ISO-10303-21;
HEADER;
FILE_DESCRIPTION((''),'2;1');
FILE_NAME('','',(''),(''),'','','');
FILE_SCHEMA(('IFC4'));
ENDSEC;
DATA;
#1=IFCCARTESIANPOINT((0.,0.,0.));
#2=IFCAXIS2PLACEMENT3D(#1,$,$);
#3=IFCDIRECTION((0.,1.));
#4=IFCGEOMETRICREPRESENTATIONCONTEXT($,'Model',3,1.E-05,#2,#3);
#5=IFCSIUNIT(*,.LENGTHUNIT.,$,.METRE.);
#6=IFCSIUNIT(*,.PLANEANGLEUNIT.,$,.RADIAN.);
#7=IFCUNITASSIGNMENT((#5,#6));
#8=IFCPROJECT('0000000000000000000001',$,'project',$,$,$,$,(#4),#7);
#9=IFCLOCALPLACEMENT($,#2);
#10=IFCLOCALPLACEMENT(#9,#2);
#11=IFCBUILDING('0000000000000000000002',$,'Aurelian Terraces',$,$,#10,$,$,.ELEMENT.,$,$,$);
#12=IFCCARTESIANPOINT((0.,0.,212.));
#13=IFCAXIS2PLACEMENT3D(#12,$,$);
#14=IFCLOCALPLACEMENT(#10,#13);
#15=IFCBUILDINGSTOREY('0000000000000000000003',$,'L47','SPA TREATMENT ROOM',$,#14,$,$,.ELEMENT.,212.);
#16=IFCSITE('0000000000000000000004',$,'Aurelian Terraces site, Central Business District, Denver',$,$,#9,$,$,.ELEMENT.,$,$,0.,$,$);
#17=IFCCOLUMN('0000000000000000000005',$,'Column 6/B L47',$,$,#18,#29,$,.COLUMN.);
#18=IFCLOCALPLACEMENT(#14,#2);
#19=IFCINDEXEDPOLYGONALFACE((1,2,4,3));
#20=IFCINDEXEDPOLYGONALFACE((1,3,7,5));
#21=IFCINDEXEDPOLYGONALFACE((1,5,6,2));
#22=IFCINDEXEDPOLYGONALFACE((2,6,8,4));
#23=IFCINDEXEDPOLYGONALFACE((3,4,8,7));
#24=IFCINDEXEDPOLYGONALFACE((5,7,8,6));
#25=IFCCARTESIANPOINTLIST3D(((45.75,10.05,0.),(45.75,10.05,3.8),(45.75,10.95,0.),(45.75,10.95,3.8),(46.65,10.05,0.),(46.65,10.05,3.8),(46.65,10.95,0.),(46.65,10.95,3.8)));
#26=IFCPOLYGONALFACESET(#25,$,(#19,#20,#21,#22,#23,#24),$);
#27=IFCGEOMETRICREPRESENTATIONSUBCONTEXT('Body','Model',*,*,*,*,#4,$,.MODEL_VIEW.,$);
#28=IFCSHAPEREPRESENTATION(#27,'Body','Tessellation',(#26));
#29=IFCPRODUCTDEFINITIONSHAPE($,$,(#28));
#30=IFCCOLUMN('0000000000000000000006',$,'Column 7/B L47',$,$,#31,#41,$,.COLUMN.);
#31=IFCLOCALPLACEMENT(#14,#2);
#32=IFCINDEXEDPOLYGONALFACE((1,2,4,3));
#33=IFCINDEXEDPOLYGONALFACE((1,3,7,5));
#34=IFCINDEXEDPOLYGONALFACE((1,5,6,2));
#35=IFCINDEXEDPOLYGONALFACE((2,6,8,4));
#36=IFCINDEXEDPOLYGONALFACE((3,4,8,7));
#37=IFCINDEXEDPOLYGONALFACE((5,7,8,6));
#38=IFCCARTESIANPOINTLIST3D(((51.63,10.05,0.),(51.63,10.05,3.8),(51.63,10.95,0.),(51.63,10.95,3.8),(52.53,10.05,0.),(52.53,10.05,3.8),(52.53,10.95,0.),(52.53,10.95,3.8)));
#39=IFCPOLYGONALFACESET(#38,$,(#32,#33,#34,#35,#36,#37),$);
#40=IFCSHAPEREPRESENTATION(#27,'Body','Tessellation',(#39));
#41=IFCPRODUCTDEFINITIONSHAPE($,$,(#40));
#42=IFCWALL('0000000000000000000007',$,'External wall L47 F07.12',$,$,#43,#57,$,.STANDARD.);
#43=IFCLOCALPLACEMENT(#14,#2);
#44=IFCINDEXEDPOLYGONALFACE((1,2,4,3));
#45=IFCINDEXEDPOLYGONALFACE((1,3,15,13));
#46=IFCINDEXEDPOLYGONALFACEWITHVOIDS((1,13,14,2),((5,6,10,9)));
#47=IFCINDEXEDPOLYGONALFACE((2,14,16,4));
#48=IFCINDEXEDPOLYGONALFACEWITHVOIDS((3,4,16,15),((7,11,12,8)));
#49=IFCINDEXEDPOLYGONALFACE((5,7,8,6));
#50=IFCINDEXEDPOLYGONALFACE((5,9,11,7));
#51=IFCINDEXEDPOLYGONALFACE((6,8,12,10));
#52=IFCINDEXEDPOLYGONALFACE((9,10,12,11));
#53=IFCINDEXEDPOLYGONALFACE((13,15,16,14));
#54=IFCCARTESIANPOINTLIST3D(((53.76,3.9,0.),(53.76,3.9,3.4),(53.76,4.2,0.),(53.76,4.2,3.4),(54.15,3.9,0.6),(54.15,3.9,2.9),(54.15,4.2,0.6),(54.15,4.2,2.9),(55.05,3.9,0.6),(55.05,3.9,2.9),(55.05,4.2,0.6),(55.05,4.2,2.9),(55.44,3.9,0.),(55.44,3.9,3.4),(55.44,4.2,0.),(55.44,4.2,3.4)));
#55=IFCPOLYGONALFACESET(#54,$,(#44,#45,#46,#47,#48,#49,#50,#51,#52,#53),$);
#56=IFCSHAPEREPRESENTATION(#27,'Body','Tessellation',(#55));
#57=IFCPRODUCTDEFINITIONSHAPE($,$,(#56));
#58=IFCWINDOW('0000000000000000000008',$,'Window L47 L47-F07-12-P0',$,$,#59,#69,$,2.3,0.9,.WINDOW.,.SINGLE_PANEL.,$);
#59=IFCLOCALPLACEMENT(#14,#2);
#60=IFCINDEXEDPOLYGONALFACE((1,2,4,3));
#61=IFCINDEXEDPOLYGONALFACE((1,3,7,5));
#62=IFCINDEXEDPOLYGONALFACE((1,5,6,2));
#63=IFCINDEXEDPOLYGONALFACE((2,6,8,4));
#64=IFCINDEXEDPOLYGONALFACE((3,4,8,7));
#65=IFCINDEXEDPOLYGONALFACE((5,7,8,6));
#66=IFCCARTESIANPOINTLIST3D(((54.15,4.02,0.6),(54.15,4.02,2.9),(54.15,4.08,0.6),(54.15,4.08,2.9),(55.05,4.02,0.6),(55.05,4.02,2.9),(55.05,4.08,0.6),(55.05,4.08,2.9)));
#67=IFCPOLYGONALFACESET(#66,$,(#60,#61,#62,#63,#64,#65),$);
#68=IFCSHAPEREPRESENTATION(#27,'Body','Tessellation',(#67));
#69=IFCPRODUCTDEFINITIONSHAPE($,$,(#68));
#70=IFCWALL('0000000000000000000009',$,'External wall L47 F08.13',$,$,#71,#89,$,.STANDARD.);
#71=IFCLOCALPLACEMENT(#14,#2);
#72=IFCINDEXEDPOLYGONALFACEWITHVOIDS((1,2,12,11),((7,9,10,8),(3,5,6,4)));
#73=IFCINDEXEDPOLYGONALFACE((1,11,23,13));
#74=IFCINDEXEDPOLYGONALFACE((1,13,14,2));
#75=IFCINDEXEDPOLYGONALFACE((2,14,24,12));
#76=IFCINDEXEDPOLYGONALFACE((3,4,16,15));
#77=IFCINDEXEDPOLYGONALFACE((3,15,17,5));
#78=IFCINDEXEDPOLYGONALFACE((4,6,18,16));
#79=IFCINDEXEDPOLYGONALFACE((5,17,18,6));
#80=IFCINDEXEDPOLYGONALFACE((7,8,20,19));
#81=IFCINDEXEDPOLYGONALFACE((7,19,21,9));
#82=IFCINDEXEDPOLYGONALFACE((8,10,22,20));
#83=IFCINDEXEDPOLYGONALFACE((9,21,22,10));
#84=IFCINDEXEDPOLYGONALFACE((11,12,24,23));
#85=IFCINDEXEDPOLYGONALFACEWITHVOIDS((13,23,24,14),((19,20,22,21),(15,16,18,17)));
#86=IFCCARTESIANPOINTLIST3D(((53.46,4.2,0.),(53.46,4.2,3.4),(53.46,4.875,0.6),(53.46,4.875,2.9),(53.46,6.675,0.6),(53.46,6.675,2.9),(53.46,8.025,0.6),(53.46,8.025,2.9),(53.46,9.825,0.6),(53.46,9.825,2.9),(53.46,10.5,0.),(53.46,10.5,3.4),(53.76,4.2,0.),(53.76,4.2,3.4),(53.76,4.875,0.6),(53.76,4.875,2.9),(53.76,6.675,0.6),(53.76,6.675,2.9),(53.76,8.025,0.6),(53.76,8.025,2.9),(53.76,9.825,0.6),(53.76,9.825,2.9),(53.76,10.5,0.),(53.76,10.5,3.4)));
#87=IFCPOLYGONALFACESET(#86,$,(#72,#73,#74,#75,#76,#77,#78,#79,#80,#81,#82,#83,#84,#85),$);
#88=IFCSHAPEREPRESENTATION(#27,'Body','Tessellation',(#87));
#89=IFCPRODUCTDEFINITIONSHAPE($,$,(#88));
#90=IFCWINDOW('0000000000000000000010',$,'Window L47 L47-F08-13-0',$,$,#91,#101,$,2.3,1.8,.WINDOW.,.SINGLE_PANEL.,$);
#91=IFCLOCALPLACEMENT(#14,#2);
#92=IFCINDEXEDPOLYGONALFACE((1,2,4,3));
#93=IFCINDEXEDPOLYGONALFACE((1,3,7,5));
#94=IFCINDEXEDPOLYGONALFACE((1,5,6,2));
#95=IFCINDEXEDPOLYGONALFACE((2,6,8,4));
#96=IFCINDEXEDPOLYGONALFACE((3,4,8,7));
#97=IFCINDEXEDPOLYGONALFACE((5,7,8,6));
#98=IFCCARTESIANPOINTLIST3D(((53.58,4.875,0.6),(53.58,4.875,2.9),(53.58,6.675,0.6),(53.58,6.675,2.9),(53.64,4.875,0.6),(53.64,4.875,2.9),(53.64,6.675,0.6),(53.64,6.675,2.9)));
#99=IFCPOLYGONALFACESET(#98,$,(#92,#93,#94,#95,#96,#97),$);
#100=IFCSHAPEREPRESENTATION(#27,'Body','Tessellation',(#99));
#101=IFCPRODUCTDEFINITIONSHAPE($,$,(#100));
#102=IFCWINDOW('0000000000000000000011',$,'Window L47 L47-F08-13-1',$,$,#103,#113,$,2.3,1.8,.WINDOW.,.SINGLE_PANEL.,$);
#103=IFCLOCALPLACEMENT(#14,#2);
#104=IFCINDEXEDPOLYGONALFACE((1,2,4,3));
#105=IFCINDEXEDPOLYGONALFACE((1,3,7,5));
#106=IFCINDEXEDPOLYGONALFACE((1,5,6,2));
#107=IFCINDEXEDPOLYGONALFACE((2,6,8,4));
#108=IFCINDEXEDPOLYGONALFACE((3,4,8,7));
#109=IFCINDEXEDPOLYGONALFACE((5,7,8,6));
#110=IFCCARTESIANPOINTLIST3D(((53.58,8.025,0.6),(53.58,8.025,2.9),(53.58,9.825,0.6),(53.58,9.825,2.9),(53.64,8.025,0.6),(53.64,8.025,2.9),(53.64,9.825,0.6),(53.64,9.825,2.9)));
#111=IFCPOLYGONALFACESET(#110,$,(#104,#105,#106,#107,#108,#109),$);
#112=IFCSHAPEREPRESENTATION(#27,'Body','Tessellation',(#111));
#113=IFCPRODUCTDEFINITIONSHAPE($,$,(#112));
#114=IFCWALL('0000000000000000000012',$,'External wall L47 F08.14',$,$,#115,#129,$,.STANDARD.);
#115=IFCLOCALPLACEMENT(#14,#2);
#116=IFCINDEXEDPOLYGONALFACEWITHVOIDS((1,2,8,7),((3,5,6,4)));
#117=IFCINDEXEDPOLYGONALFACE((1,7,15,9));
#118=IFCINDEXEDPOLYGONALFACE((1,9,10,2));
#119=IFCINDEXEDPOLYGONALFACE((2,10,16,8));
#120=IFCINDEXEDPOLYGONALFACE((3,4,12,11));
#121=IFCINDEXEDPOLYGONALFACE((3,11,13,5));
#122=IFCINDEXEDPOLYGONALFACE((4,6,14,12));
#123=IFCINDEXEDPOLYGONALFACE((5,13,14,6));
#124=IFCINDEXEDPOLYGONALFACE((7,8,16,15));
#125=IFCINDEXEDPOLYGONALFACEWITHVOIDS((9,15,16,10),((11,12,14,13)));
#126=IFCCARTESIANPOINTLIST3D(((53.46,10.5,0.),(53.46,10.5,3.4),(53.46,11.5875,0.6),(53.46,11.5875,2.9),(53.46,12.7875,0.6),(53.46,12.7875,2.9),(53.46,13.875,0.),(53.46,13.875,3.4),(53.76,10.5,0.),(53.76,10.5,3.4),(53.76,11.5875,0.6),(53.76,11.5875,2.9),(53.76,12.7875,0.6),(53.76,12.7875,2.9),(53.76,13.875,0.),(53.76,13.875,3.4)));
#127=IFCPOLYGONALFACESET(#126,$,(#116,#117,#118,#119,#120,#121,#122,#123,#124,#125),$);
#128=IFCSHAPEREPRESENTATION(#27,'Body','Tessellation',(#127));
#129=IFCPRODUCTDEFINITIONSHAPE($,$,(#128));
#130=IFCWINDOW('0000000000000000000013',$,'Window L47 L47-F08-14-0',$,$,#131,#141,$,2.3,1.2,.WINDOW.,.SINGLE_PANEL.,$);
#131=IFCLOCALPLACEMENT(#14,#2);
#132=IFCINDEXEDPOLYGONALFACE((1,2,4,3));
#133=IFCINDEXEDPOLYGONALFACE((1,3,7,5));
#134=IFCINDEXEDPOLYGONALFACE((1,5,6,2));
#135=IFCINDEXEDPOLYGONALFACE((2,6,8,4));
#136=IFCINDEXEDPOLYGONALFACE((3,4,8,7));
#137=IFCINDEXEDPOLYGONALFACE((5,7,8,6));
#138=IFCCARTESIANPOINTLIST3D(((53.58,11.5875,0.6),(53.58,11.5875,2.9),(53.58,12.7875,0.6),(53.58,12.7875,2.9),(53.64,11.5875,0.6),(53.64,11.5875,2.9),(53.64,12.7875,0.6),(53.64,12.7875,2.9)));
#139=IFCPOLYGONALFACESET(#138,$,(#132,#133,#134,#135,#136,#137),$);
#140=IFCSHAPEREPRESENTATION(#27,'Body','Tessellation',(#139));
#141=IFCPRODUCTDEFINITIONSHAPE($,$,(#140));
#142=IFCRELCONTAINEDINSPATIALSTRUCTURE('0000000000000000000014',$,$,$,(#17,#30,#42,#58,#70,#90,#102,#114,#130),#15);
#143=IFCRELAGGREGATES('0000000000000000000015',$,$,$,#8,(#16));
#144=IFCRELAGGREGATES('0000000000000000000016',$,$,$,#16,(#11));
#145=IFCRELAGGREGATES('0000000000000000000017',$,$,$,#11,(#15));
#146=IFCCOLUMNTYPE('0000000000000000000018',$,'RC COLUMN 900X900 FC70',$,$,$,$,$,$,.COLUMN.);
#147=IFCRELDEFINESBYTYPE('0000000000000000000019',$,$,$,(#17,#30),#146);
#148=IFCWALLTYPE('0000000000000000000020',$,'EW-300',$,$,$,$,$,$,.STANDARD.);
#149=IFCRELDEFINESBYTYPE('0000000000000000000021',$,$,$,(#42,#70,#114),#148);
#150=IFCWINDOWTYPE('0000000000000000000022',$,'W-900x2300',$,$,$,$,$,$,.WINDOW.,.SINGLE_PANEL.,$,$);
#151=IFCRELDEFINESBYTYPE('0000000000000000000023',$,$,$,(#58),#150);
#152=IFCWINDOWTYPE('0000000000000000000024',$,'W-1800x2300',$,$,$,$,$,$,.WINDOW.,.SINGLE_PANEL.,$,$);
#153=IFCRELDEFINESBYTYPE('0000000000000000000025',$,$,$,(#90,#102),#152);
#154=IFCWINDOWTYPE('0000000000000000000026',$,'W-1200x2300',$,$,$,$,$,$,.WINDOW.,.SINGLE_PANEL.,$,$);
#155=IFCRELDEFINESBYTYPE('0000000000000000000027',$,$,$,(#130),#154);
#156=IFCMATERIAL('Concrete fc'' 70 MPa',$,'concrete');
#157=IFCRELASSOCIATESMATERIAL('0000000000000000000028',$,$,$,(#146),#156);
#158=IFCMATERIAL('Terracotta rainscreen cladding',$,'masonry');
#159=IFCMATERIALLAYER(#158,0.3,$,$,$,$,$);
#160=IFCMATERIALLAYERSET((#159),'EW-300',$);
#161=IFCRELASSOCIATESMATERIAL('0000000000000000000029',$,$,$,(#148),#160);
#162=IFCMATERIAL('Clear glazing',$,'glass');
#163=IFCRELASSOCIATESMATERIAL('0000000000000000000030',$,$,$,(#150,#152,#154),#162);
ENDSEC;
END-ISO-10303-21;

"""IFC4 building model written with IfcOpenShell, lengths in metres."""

from ifc_helpers import new_model, si_unit, direction, frame, frame_2d, origin, origin_2d, place, context, subcontext, project, spatial, rectangle, extrude, source, transform, mapped, material, layer, layer_set, material_profile, profile_set, type_object, element, fill, save


model = new_model("IFC4")

# Units and contexts
model_context = context("Model", 3, precision=1e-05, world=origin(), true_north=direction((0.0, 1.0)))
body_context = subcontext(model_context, "Body", "Model", "MODEL_VIEW")
ifc_project = project(units=[si_unit("LENGTHUNIT", "METRE"), si_unit("PLANEANGLEUNIT", "RADIAN")], contexts=[model_context])

# Site, building, storey
site_placement = place(None, origin())
site = spatial("IfcSite", under=ifc_project, at=site_placement, Name="Aurelian Terraces site, Central Business District, Denver", CompositionType="ELEMENT", RefElevation=0.0)
building_placement = place(site_placement, origin())
building = spatial("IfcBuilding", under=site, at=building_placement, Name="Aurelian Terraces", CompositionType="ELEMENT")
storey_placement = place(building_placement, frame((0.0, 0.0, 212.0)))
storey = spatial("IfcBuildingStorey", under=building, at=storey_placement, Name="L47", Description="SPA TREATMENT ROOM", CompositionType="ELEMENT", Elevation=212.0)

# Columns
ifc_material_1 = material(Name="Concrete fc' 70 MPa", Category="concrete")
ifc_material_profile = material_profile(ifc_material_1, rectangle(XDim=0.9, YDim=0.9, at=origin_2d()))
ifc_profile_set = profile_set([ifc_material_profile], Name="Concrete fc' 70 MPa")
column_type = type_object("IfcColumnType", Name="RC COLUMN 900X900 FC70", PredefinedType="COLUMN", material=ifc_profile_set)
shared_shape_1 = source(origin(), body_context, "Body", "SweptSolid", [
    extrude(rectangle(XDim=0.9, YDim=0.9, at=origin_2d()), origin(), (0.0, 0.0, 1.0), 3.8),
])
for number, where, z_axis, x_axis, name in (
    (1, (46.2, 10.5, 0.0), (0.0, 0.0, 1.0), (1.0, 0.0, 0.0), "Column 6/B L47"),
    (2, (52.08, 10.5, 0.0), (0.0, 0.0, 1.0), (1.0, 0.0, 0.0), "Column 7/B L47"),
):
    element("IfcColumn", number, at=place(storey_placement, frame(where, z_axis=z_axis, x_axis=x_axis)), inside=storey, type_object=column_type, Name=name, PredefinedType="COLUMN", context=body_context, shape_type="MappedRepresentation", body=[
        mapped(shared_shape_1, transform((0.0, 0.0, 0.0), scale=1.0)),
    ])

# Wall, opening, window
ifc_material_2 = material(Name="Terracotta rainscreen cladding", Category="masonry")
ifc_layer_1 = layer(ifc_material_2, 0.3)
ifc_layer_set_1 = layer_set([ifc_layer_1], Name="EW-300")
wall_type_1 = type_object("IfcWallType", Name="EW-300", PredefinedType="STANDARD", material=ifc_layer_set_1)
shared_shape_2 = source(origin(), body_context, "Body", "SweptSolid", [
    extrude(rectangle(XDim=1.68, YDim=0.3, at=frame_2d((0.84, 0.0))), origin(), (0.0, 0.0, 1.0), 3.4),
])
wall_1_placement = place(storey_placement, frame((55.44, 4.05, 0.0), z_axis=(0.0, 0.0, 1.0), x_axis=(-1.0, 0.0, 0.0)))
wall_1 = element("IfcWall", 3, at=wall_1_placement, inside=storey, type_object=wall_type_1, Name="External wall L47 F07.12", PredefinedType="STANDARD", context=body_context, shape_type="MappedRepresentation", body=[
    mapped(shared_shape_2, transform((0.0, 0.0, 0.0), scale=1.0)),
])
shared_shape_3 = source(origin(), body_context, "Body", "SweptSolid", [
    extrude(rectangle(XDim=0.9, YDim=2.3, at=frame_2d((0.45, 1.15))), frame((0.0, 0.16, 0.0), z_axis=(0.0, -1.0, 0.0), x_axis=(1.0, 0.0, 0.0)), (0.0, 0.0, 1.0), 0.32),
])
opening_1_placement = place(wall_1_placement, frame((0.39, 0.0, 0.6)))
opening_1 = element("IfcOpeningElement", 4, at=opening_1_placement, cuts=wall_1, PredefinedType="OPENING", context=body_context, shape_type="MappedRepresentation", body=[
    mapped(shared_shape_3, transform((0.0, 0.0, 0.0), scale=1.0)),
])
ifc_material_3 = material(Name="Clear glazing", Category="glass")
window_type_1 = type_object("IfcWindowType", Name="W-900x2300", PartitioningType="SINGLE_PANEL", PredefinedType="WINDOW", material=ifc_material_3)
shared_shape_4 = source(origin(), body_context, "Body", "SweptSolid", [
    extrude(rectangle(XDim=0.9, YDim=2.3, at=frame_2d((0.45, 1.15))), frame((0.0, 0.03, 0.0), z_axis=(0.0, -1.0, 0.0), x_axis=(1.0, 0.0, 0.0)), (0.0, 0.0, 1.0), 0.06),
])
window_1_placement = place(opening_1_placement, origin())
window_1 = element("IfcWindow", 5, at=window_1_placement, inside=storey, type_object=window_type_1, Name="Window L47 L47-F07-12-P0", OverallHeight=2.3, OverallWidth=0.9, PartitioningType="SINGLE_PANEL", PredefinedType="WINDOW", context=body_context, shape_type="MappedRepresentation", body=[
    mapped(shared_shape_4, transform((0.0, 0.0, 0.0), scale=1.0)),
])
fill(opening_1, window_1)

# Wall, openings, windows
shared_shape_5 = source(origin(), body_context, "Body", "SweptSolid", [
    extrude(rectangle(XDim=6.3, YDim=0.3, at=frame_2d((3.15, 0.0))), origin(), (0.0, 0.0, 1.0), 3.4),
])
wall_2_placement = place(storey_placement, frame((53.61, 4.2, 0.0), z_axis=(0.0, 0.0, 1.0), x_axis=(0.0, 1.0, 0.0)))
wall_2 = element("IfcWall", 6, at=wall_2_placement, inside=storey, type_object=wall_type_1, Name="External wall L47 F08.13", PredefinedType="STANDARD", context=body_context, shape_type="MappedRepresentation", body=[
    mapped(shared_shape_5, transform((0.0, 0.0, 0.0), scale=1.0)),
])
shared_shape_6 = source(origin(), body_context, "Body", "SweptSolid", [
    extrude(rectangle(XDim=1.8, YDim=2.3, at=frame_2d((0.9, 1.15))), frame((0.0, 0.16, 0.0), z_axis=(0.0, -1.0, 0.0), x_axis=(1.0, 0.0, 0.0)), (0.0, 0.0, 1.0), 0.32),
])
opening_2_placement = place(wall_2_placement, frame((0.675, 0.0, 0.6)))
opening_2 = element("IfcOpeningElement", 7, at=opening_2_placement, cuts=wall_2, PredefinedType="OPENING", context=body_context, shape_type="MappedRepresentation", body=[
    mapped(shared_shape_6, transform((0.0, 0.0, 0.0), scale=1.0)),
])
opening_3_placement = place(wall_2_placement, frame((3.825, 0.0, 0.6)))
opening_3 = element("IfcOpeningElement", 8, at=opening_3_placement, cuts=wall_2, PredefinedType="OPENING", context=body_context, shape_type="MappedRepresentation", body=[
    mapped(shared_shape_6, transform((0.0, 0.0, 0.0), scale=1.0)),
])
window_type_2 = type_object("IfcWindowType", Name="W-1800x2300", PartitioningType="SINGLE_PANEL", PredefinedType="WINDOW", material=ifc_material_3)
shared_shape_7 = source(origin(), body_context, "Body", "SweptSolid", [
    extrude(rectangle(XDim=1.8, YDim=2.3, at=frame_2d((0.9, 1.15))), frame((0.0, 0.03, 0.0), z_axis=(0.0, -1.0, 0.0), x_axis=(1.0, 0.0, 0.0)), (0.0, 0.0, 1.0), 0.06),
])
window_2_placement = place(opening_2_placement, origin())
window_2 = element("IfcWindow", 9, at=window_2_placement, inside=storey, type_object=window_type_2, Name="Window L47 L47-F08-13-0", OverallHeight=2.3, OverallWidth=1.8, PartitioningType="SINGLE_PANEL", PredefinedType="WINDOW", context=body_context, shape_type="MappedRepresentation", body=[
    mapped(shared_shape_7, transform((0.0, 0.0, 0.0), scale=1.0)),
])
fill(opening_2, window_2)
window_3_placement = place(opening_3_placement, origin())
window_3 = element("IfcWindow", 10, at=window_3_placement, inside=storey, type_object=window_type_2, Name="Window L47 L47-F08-13-1", OverallHeight=2.3, OverallWidth=1.8, PartitioningType="SINGLE_PANEL", PredefinedType="WINDOW", context=body_context, shape_type="MappedRepresentation", body=[
    mapped(shared_shape_7, transform((0.0, 0.0, 0.0), scale=1.0)),
])
fill(opening_3, window_3)

# Wall, opening, window
shared_shape_8 = source(origin(), body_context, "Body", "SweptSolid", [
    extrude(rectangle(XDim=3.375, YDim=0.3, at=frame_2d((1.6875, 0.0))), origin(), (0.0, 0.0, 1.0), 3.4),
])
wall_3_placement = place(storey_placement, frame((53.61, 10.5, 0.0), z_axis=(0.0, 0.0, 1.0), x_axis=(0.0, 1.0, 0.0)))
wall_3 = element("IfcWall", 11, at=wall_3_placement, inside=storey, type_object=wall_type_1, Name="External wall L47 F08.14", PredefinedType="STANDARD", context=body_context, shape_type="MappedRepresentation", body=[
    mapped(shared_shape_8, transform((0.0, 0.0, 0.0), scale=1.0)),
])
shared_shape_9 = source(origin(), body_context, "Body", "SweptSolid", [
    extrude(rectangle(XDim=1.2, YDim=2.3, at=frame_2d((0.6, 1.15))), frame((0.0, 0.16, 0.0), z_axis=(0.0, -1.0, 0.0), x_axis=(1.0, 0.0, 0.0)), (0.0, 0.0, 1.0), 0.32),
])
opening_4_placement = place(wall_3_placement, frame((1.0875, 0.0, 0.6)))
opening_4 = element("IfcOpeningElement", 12, at=opening_4_placement, cuts=wall_3, PredefinedType="OPENING", context=body_context, shape_type="MappedRepresentation", body=[
    mapped(shared_shape_9, transform((0.0, 0.0, 0.0), scale=1.0)),
])
window_type_3 = type_object("IfcWindowType", Name="W-1200x2300", PartitioningType="SINGLE_PANEL", PredefinedType="WINDOW", material=ifc_material_3)
shared_shape_10 = source(origin(), body_context, "Body", "SweptSolid", [
    extrude(rectangle(XDim=1.2, YDim=2.3, at=frame_2d((0.6, 1.15))), frame((0.0, 0.03, 0.0), z_axis=(0.0, -1.0, 0.0), x_axis=(1.0, 0.0, 0.0)), (0.0, 0.0, 1.0), 0.06),
])
window_4_placement = place(opening_4_placement, origin())
window_4 = element("IfcWindow", 13, at=window_4_placement, inside=storey, type_object=window_type_3, Name="Window L47 L47-F08-14-0", OverallHeight=2.3, OverallWidth=1.2, PartitioningType="SINGLE_PANEL", PredefinedType="WINDOW", context=body_context, shape_type="MappedRepresentation", body=[
    mapped(shared_shape_10, transform((0.0, 0.0, 0.0), scale=1.0)),
])
fill(opening_4, window_4)

save(model, "model.ifc")
